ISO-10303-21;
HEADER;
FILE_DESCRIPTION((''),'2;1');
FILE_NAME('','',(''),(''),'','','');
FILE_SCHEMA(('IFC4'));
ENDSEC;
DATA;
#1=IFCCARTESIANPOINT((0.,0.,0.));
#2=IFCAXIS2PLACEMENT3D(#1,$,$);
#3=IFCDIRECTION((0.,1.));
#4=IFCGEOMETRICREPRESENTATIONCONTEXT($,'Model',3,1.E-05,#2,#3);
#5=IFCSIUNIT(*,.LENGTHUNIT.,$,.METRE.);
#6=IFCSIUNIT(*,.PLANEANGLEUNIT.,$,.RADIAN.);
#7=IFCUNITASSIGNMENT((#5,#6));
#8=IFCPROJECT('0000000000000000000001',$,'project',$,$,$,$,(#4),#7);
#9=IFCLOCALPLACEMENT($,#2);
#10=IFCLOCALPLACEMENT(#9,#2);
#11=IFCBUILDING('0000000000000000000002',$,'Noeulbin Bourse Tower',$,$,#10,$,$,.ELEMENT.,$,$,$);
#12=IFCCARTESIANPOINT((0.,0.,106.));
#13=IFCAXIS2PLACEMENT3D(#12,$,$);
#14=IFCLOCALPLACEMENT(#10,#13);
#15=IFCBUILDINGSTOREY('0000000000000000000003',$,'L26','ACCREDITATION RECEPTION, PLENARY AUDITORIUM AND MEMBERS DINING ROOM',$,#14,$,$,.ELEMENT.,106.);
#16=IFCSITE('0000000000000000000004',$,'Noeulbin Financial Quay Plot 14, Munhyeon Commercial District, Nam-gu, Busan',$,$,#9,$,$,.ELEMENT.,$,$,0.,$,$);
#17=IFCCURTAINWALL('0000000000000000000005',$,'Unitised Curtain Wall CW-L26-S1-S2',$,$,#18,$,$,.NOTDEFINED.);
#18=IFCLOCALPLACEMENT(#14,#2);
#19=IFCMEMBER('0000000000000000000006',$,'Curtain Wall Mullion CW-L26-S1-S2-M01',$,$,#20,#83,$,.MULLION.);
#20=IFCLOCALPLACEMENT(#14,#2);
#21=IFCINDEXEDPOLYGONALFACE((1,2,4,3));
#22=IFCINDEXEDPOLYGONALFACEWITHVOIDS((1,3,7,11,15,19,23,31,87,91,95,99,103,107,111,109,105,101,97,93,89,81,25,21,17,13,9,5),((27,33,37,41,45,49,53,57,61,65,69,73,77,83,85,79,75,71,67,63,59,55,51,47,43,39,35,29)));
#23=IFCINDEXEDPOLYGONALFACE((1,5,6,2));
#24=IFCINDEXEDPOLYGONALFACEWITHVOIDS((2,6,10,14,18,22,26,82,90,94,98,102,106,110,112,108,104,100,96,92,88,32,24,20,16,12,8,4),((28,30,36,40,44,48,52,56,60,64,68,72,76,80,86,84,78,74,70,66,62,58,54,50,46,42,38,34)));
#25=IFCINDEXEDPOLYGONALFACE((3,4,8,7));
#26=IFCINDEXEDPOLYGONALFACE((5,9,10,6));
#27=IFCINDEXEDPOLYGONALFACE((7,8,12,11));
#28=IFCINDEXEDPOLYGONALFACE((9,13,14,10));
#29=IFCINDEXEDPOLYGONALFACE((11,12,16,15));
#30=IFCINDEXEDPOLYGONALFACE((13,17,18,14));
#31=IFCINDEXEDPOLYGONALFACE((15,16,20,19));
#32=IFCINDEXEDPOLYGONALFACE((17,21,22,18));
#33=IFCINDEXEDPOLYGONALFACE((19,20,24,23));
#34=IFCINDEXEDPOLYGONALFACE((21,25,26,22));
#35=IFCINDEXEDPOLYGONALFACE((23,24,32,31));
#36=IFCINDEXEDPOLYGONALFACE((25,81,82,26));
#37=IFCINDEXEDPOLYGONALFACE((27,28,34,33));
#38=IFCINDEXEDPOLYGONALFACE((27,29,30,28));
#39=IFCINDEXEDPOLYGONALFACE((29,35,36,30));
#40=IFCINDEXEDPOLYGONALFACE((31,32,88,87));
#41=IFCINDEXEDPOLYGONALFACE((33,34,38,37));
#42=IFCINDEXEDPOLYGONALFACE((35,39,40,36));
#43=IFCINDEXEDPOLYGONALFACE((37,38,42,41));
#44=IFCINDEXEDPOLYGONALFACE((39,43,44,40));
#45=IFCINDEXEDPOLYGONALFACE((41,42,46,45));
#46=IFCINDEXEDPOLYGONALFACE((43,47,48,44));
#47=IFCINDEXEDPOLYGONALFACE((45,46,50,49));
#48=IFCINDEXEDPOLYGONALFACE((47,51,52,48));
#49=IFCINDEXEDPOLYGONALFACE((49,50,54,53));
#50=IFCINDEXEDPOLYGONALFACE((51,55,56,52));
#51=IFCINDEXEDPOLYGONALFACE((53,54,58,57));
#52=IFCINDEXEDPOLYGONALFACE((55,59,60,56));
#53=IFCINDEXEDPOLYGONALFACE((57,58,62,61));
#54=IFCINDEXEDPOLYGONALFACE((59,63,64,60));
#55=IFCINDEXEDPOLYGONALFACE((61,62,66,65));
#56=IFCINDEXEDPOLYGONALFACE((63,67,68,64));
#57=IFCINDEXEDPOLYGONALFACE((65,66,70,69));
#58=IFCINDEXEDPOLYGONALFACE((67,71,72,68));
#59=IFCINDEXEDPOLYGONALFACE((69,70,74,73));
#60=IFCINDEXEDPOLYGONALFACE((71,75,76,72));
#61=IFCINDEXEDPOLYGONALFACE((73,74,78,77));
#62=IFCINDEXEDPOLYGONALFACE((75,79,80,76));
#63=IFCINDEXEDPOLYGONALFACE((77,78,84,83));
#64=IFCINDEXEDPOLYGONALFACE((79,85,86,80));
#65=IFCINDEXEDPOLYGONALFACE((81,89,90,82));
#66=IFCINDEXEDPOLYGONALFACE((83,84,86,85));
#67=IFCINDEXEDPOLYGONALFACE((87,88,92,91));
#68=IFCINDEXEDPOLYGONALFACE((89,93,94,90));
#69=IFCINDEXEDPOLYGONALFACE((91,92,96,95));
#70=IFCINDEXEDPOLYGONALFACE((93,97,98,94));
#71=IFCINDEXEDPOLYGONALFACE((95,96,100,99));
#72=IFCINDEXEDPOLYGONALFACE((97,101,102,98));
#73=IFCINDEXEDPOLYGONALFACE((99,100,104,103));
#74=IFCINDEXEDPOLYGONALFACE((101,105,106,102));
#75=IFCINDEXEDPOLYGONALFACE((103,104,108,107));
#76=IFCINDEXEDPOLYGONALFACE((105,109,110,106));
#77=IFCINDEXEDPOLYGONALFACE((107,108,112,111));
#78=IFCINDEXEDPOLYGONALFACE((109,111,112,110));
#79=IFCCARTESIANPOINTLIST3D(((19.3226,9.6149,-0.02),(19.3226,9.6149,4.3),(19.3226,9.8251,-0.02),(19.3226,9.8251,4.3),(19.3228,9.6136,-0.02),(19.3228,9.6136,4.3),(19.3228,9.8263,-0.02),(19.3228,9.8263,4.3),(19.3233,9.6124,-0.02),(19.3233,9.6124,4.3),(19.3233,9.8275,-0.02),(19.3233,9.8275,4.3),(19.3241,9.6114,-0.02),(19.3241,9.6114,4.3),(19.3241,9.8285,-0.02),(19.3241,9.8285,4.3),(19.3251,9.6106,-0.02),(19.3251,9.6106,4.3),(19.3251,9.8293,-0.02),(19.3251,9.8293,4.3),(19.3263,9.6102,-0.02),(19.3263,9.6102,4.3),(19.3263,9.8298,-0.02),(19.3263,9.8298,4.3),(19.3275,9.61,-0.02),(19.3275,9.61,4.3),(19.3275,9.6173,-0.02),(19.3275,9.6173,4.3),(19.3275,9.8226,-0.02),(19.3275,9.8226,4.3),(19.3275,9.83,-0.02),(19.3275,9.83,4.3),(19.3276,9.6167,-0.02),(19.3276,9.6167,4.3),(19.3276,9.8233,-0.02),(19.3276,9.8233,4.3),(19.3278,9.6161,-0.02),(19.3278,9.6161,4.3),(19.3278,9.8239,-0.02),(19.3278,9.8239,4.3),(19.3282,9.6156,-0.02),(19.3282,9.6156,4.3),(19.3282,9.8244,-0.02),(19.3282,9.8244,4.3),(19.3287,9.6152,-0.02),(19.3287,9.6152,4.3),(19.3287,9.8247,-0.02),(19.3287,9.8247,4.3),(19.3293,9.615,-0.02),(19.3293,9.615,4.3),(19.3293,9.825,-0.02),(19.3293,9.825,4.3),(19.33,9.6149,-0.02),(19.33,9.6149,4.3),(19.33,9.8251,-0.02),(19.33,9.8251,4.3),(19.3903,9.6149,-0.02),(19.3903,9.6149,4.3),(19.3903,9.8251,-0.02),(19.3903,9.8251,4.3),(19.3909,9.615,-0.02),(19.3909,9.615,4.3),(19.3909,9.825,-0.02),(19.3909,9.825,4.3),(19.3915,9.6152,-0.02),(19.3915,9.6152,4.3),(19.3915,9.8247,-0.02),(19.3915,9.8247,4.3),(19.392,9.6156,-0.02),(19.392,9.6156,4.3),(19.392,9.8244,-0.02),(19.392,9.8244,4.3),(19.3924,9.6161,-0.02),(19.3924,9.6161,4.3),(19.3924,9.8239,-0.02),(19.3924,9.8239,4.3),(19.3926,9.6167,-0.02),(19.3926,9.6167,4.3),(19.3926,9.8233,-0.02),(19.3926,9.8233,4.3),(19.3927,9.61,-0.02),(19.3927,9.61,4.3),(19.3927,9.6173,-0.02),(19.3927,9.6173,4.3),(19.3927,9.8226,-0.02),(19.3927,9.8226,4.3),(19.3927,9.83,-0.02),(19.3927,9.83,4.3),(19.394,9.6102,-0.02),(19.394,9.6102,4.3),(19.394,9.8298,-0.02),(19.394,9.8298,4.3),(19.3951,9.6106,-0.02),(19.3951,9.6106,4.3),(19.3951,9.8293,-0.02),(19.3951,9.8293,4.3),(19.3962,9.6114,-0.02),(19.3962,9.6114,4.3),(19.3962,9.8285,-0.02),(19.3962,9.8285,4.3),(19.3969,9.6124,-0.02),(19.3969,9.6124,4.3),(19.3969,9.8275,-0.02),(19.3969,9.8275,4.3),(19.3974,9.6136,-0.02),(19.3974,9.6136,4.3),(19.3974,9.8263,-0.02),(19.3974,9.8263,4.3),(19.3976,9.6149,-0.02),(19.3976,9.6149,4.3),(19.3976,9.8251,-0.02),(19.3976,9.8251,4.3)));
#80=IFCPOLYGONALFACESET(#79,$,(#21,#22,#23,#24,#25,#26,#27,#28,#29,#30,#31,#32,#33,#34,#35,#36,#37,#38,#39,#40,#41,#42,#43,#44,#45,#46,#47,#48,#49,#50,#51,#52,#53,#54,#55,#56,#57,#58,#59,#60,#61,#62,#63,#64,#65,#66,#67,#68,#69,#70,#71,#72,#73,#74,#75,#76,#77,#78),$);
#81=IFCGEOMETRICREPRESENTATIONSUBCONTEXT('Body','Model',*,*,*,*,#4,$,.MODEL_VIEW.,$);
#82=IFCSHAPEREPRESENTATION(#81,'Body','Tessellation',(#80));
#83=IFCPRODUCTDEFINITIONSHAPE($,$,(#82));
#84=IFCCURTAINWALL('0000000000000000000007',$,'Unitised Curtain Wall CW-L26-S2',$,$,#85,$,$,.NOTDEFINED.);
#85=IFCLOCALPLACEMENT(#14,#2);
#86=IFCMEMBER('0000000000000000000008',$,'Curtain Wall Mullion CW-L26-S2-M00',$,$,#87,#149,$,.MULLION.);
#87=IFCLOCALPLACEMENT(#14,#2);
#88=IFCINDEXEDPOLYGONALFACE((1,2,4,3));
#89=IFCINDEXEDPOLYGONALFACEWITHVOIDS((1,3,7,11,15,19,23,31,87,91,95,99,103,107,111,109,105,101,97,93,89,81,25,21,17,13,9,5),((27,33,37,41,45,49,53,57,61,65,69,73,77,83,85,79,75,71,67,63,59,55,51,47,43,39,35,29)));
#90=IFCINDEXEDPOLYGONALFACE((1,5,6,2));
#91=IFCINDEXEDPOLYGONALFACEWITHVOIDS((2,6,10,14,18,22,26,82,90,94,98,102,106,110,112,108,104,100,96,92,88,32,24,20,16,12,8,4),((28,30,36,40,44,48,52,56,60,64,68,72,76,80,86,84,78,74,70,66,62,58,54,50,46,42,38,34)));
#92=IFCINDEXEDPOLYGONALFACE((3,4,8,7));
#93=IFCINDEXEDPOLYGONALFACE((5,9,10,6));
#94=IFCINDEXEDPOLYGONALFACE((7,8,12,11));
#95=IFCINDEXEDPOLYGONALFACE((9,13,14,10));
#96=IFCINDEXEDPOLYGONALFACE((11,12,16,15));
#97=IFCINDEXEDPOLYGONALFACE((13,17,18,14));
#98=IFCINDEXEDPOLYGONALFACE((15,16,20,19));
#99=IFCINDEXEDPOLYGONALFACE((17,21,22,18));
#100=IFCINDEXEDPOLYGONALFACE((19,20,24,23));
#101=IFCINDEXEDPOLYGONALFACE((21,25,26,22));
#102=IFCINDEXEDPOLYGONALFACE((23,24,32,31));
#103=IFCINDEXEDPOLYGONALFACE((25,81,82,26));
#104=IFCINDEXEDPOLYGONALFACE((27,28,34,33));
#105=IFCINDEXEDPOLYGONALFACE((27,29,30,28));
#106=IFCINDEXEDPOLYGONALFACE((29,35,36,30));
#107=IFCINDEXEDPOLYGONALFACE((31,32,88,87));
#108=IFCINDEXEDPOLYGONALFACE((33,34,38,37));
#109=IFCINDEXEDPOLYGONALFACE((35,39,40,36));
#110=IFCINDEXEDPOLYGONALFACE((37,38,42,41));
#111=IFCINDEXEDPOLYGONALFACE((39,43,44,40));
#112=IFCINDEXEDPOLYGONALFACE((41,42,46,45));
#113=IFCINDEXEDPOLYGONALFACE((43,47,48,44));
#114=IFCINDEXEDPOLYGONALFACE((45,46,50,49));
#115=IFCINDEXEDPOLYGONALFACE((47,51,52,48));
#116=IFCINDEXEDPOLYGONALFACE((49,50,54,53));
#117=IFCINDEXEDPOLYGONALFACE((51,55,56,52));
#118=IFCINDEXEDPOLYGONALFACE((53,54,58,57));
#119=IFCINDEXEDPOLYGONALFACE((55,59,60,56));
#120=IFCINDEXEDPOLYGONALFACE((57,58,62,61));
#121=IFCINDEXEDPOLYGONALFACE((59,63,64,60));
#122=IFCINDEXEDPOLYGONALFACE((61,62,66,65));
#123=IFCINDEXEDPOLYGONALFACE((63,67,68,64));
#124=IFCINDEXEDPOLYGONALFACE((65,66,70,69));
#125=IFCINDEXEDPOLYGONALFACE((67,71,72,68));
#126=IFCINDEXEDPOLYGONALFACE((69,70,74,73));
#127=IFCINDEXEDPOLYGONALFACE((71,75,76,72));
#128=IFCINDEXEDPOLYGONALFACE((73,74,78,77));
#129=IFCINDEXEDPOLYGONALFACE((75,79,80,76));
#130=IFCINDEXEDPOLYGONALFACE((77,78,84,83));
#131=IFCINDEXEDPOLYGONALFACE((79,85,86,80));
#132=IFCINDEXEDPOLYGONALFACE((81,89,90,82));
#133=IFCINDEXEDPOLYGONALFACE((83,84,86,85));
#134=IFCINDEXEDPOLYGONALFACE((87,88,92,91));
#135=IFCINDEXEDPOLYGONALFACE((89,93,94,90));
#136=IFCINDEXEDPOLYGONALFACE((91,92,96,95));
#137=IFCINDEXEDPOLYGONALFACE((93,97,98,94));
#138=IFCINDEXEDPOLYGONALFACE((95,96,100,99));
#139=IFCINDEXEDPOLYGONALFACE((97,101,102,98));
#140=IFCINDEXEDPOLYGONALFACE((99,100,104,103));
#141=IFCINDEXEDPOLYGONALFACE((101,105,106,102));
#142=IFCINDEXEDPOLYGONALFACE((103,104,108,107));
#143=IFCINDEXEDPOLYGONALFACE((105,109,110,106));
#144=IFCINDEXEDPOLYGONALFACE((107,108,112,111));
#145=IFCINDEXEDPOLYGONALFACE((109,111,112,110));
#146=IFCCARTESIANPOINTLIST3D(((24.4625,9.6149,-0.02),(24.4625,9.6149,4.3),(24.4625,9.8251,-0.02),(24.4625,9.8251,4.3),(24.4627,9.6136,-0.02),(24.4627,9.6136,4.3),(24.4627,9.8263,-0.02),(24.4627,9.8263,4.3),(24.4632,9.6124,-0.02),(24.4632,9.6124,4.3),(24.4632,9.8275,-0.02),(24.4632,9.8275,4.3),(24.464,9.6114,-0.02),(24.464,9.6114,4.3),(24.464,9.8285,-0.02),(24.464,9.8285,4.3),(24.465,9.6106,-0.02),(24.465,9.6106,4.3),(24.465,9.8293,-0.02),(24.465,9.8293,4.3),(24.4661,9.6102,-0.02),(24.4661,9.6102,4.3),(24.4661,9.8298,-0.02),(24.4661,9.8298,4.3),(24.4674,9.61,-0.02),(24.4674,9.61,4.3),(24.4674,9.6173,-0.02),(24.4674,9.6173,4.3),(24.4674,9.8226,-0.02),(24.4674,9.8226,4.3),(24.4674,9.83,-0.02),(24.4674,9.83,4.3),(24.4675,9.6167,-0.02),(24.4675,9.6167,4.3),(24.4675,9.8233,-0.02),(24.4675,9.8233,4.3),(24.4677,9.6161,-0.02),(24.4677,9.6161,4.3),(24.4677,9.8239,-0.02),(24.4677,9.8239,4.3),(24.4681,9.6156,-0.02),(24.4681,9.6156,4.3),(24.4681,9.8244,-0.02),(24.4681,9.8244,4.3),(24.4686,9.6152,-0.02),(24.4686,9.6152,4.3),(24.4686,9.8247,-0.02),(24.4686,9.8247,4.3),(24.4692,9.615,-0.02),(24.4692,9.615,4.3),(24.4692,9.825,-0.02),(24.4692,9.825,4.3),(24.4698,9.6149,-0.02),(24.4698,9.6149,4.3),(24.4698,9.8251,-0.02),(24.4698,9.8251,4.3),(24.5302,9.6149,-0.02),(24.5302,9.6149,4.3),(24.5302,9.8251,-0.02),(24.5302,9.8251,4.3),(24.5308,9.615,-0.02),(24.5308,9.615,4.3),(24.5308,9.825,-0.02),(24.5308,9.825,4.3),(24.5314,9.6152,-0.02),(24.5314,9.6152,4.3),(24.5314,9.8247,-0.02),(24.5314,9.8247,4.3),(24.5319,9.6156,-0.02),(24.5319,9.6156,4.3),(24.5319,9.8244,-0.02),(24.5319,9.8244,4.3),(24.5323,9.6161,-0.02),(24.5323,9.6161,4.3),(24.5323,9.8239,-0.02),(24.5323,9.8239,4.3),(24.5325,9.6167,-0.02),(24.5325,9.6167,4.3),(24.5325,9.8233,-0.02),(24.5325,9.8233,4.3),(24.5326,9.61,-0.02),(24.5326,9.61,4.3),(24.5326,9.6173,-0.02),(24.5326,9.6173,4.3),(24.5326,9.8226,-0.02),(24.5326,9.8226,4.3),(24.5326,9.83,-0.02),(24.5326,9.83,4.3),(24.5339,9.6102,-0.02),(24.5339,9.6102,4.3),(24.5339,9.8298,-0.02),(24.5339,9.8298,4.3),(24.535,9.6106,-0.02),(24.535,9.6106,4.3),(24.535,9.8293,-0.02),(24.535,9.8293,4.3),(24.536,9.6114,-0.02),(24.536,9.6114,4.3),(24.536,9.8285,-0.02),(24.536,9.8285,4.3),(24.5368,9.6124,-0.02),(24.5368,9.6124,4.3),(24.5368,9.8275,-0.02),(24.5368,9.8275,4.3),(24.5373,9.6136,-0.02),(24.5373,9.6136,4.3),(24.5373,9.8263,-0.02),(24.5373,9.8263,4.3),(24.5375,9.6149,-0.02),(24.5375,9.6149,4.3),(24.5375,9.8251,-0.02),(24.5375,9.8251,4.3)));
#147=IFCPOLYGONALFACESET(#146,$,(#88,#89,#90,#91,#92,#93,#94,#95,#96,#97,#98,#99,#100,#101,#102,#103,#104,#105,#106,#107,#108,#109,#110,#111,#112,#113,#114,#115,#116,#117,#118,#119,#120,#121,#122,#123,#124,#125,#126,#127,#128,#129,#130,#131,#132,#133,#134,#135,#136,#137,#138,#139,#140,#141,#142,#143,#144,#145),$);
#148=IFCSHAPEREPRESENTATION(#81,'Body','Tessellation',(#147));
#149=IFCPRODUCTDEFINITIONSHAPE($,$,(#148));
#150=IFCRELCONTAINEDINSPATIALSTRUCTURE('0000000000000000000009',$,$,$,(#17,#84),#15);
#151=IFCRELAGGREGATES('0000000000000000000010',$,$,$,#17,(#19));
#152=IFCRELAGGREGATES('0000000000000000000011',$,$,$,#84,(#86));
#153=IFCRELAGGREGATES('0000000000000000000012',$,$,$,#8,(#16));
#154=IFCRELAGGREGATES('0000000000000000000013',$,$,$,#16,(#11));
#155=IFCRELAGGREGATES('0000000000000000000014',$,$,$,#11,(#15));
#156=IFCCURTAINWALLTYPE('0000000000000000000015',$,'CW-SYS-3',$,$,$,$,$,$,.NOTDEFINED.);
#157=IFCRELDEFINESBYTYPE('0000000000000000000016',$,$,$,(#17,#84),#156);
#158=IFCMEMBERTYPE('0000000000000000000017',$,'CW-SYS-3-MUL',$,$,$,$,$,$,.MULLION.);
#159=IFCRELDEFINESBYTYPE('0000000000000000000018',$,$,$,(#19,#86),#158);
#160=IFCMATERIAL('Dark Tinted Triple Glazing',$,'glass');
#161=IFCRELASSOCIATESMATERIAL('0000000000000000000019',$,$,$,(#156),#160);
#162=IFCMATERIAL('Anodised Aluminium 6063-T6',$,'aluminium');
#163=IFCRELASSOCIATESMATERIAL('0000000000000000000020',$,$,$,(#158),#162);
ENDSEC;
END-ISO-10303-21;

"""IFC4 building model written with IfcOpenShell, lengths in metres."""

from ifc_helpers import new_model, si_unit, direction, frame, origin, origin_2d, place, context, subcontext, project, spatial, hollow_rectangle, extrude, material, material_profile, profile_set, type_object, element, aggregate, save


model = new_model("IFC4")

# Units and contexts
model_context = context("Model", 3, precision=1e-05, world=origin(), true_north=direction((0.0, 1.0)))
body_context = subcontext(model_context, "Body", "Model", "MODEL_VIEW")
ifc_project = project(units=[si_unit("LENGTHUNIT", "METRE"), si_unit("PLANEANGLEUNIT", "RADIAN")], contexts=[model_context])

# Site, building, storey
site_placement = place(None, origin())
site = spatial("IfcSite", under=ifc_project, at=site_placement, Name="Noeulbin Financial Quay Plot 14, Munhyeon Commercial District, Nam-gu, Busan", CompositionType="ELEMENT", RefElevation=0.0)
building_placement = place(site_placement, origin())
building = spatial("IfcBuilding", under=site, at=building_placement, Name="Noeulbin Bourse Tower", CompositionType="ELEMENT")
storey_placement = place(building_placement, frame((0.0, 0.0, 106.0)))
storey = spatial("IfcBuildingStorey", under=building, at=storey_placement, Name="L26", Description="ACCREDITATION RECEPTION, PLENARY AUDITORIUM AND MEMBERS DINING ROOM", CompositionType="ELEMENT", Elevation=106.0)

# Curtain wall, member
ifc_material_1 = material(Name="Dark Tinted Triple Glazing", Category="glass")
curtain_wall_type = type_object("IfcCurtainWallType", Name="CW-SYS-3", PredefinedType="NOTDEFINED", material=ifc_material_1)
curtain_wall_1_placement = place(storey_placement, origin())
curtain_wall_1 = element("IfcCurtainWall", 1, at=curtain_wall_1_placement, inside=storey, type_object=curtain_wall_type, Name="Unitised Curtain Wall CW-L26-S1-S2", PredefinedType="NOTDEFINED")
ifc_material_2 = material(Name="Anodised Aluminium 6063-T6", Category="aluminium")
ifc_material_profile_1 = material_profile(ifc_material_2, hollow_rectangle(XDim=0.075, YDim=0.22, WallThickness=0.0049, InnerFilletRadius=0.0024, OuterFilletRadius=0.0049, at=origin_2d()), Name="ALU-MULL-75x220x5", Category="LoadBearing")
ifc_profile_set_1 = profile_set([ifc_material_profile_1], Name="Anodised Aluminium 6063-T6")
member_type_1 = type_object("IfcMemberType", Name="CW-SYS-3-MUL", PredefinedType="MULLION", material=ifc_profile_set_1)
member_1_placement = place(storey_placement, frame((19.3601, 9.72, -0.02), z_axis=(0.0, 0.0, 1.0), x_axis=(1.0, 0.0, 0.0)))
member_1 = element("IfcMember", 2, at=member_1_placement, type_object=member_type_1, Name="Curtain Wall Mullion CW-L26-S1-S2-M01", PredefinedType="MULLION", context=body_context, shape_type="SweptSolid", body=[
    extrude(hollow_rectangle(XDim=0.075, YDim=0.22, WallThickness=0.0049, InnerFilletRadius=0.0024, OuterFilletRadius=0.0049, at=origin_2d()), origin(), (0.0, 0.0, 1.0), 4.3201),
])
aggregate(curtain_wall_1, [member_1])

# Curtain wall, member
curtain_wall_2_placement = place(storey_placement, origin())
curtain_wall_2 = element("IfcCurtainWall", 3, at=curtain_wall_2_placement, inside=storey, type_object=curtain_wall_type, Name="Unitised Curtain Wall CW-L26-S2", PredefinedType="NOTDEFINED")
member_2_placement = place(storey_placement, frame((24.5, 9.72, -0.02), z_axis=(0.0, 0.0, 1.0), x_axis=(1.0, 0.0, 0.0)))
member_2 = element("IfcMember", 4, at=member_2_placement, type_object=member_type_1, Name="Curtain Wall Mullion CW-L26-S2-M00", PredefinedType="MULLION", context=body_context, shape_type="SweptSolid", body=[
    extrude(hollow_rectangle(XDim=0.075, YDim=0.22, WallThickness=0.0049, InnerFilletRadius=0.0024, OuterFilletRadius=0.0049, at=origin_2d()), origin(), (0.0, 0.0, 1.0), 4.3201),
])
aggregate(curtain_wall_2, [member_2])

save(model, "model.ifc")
